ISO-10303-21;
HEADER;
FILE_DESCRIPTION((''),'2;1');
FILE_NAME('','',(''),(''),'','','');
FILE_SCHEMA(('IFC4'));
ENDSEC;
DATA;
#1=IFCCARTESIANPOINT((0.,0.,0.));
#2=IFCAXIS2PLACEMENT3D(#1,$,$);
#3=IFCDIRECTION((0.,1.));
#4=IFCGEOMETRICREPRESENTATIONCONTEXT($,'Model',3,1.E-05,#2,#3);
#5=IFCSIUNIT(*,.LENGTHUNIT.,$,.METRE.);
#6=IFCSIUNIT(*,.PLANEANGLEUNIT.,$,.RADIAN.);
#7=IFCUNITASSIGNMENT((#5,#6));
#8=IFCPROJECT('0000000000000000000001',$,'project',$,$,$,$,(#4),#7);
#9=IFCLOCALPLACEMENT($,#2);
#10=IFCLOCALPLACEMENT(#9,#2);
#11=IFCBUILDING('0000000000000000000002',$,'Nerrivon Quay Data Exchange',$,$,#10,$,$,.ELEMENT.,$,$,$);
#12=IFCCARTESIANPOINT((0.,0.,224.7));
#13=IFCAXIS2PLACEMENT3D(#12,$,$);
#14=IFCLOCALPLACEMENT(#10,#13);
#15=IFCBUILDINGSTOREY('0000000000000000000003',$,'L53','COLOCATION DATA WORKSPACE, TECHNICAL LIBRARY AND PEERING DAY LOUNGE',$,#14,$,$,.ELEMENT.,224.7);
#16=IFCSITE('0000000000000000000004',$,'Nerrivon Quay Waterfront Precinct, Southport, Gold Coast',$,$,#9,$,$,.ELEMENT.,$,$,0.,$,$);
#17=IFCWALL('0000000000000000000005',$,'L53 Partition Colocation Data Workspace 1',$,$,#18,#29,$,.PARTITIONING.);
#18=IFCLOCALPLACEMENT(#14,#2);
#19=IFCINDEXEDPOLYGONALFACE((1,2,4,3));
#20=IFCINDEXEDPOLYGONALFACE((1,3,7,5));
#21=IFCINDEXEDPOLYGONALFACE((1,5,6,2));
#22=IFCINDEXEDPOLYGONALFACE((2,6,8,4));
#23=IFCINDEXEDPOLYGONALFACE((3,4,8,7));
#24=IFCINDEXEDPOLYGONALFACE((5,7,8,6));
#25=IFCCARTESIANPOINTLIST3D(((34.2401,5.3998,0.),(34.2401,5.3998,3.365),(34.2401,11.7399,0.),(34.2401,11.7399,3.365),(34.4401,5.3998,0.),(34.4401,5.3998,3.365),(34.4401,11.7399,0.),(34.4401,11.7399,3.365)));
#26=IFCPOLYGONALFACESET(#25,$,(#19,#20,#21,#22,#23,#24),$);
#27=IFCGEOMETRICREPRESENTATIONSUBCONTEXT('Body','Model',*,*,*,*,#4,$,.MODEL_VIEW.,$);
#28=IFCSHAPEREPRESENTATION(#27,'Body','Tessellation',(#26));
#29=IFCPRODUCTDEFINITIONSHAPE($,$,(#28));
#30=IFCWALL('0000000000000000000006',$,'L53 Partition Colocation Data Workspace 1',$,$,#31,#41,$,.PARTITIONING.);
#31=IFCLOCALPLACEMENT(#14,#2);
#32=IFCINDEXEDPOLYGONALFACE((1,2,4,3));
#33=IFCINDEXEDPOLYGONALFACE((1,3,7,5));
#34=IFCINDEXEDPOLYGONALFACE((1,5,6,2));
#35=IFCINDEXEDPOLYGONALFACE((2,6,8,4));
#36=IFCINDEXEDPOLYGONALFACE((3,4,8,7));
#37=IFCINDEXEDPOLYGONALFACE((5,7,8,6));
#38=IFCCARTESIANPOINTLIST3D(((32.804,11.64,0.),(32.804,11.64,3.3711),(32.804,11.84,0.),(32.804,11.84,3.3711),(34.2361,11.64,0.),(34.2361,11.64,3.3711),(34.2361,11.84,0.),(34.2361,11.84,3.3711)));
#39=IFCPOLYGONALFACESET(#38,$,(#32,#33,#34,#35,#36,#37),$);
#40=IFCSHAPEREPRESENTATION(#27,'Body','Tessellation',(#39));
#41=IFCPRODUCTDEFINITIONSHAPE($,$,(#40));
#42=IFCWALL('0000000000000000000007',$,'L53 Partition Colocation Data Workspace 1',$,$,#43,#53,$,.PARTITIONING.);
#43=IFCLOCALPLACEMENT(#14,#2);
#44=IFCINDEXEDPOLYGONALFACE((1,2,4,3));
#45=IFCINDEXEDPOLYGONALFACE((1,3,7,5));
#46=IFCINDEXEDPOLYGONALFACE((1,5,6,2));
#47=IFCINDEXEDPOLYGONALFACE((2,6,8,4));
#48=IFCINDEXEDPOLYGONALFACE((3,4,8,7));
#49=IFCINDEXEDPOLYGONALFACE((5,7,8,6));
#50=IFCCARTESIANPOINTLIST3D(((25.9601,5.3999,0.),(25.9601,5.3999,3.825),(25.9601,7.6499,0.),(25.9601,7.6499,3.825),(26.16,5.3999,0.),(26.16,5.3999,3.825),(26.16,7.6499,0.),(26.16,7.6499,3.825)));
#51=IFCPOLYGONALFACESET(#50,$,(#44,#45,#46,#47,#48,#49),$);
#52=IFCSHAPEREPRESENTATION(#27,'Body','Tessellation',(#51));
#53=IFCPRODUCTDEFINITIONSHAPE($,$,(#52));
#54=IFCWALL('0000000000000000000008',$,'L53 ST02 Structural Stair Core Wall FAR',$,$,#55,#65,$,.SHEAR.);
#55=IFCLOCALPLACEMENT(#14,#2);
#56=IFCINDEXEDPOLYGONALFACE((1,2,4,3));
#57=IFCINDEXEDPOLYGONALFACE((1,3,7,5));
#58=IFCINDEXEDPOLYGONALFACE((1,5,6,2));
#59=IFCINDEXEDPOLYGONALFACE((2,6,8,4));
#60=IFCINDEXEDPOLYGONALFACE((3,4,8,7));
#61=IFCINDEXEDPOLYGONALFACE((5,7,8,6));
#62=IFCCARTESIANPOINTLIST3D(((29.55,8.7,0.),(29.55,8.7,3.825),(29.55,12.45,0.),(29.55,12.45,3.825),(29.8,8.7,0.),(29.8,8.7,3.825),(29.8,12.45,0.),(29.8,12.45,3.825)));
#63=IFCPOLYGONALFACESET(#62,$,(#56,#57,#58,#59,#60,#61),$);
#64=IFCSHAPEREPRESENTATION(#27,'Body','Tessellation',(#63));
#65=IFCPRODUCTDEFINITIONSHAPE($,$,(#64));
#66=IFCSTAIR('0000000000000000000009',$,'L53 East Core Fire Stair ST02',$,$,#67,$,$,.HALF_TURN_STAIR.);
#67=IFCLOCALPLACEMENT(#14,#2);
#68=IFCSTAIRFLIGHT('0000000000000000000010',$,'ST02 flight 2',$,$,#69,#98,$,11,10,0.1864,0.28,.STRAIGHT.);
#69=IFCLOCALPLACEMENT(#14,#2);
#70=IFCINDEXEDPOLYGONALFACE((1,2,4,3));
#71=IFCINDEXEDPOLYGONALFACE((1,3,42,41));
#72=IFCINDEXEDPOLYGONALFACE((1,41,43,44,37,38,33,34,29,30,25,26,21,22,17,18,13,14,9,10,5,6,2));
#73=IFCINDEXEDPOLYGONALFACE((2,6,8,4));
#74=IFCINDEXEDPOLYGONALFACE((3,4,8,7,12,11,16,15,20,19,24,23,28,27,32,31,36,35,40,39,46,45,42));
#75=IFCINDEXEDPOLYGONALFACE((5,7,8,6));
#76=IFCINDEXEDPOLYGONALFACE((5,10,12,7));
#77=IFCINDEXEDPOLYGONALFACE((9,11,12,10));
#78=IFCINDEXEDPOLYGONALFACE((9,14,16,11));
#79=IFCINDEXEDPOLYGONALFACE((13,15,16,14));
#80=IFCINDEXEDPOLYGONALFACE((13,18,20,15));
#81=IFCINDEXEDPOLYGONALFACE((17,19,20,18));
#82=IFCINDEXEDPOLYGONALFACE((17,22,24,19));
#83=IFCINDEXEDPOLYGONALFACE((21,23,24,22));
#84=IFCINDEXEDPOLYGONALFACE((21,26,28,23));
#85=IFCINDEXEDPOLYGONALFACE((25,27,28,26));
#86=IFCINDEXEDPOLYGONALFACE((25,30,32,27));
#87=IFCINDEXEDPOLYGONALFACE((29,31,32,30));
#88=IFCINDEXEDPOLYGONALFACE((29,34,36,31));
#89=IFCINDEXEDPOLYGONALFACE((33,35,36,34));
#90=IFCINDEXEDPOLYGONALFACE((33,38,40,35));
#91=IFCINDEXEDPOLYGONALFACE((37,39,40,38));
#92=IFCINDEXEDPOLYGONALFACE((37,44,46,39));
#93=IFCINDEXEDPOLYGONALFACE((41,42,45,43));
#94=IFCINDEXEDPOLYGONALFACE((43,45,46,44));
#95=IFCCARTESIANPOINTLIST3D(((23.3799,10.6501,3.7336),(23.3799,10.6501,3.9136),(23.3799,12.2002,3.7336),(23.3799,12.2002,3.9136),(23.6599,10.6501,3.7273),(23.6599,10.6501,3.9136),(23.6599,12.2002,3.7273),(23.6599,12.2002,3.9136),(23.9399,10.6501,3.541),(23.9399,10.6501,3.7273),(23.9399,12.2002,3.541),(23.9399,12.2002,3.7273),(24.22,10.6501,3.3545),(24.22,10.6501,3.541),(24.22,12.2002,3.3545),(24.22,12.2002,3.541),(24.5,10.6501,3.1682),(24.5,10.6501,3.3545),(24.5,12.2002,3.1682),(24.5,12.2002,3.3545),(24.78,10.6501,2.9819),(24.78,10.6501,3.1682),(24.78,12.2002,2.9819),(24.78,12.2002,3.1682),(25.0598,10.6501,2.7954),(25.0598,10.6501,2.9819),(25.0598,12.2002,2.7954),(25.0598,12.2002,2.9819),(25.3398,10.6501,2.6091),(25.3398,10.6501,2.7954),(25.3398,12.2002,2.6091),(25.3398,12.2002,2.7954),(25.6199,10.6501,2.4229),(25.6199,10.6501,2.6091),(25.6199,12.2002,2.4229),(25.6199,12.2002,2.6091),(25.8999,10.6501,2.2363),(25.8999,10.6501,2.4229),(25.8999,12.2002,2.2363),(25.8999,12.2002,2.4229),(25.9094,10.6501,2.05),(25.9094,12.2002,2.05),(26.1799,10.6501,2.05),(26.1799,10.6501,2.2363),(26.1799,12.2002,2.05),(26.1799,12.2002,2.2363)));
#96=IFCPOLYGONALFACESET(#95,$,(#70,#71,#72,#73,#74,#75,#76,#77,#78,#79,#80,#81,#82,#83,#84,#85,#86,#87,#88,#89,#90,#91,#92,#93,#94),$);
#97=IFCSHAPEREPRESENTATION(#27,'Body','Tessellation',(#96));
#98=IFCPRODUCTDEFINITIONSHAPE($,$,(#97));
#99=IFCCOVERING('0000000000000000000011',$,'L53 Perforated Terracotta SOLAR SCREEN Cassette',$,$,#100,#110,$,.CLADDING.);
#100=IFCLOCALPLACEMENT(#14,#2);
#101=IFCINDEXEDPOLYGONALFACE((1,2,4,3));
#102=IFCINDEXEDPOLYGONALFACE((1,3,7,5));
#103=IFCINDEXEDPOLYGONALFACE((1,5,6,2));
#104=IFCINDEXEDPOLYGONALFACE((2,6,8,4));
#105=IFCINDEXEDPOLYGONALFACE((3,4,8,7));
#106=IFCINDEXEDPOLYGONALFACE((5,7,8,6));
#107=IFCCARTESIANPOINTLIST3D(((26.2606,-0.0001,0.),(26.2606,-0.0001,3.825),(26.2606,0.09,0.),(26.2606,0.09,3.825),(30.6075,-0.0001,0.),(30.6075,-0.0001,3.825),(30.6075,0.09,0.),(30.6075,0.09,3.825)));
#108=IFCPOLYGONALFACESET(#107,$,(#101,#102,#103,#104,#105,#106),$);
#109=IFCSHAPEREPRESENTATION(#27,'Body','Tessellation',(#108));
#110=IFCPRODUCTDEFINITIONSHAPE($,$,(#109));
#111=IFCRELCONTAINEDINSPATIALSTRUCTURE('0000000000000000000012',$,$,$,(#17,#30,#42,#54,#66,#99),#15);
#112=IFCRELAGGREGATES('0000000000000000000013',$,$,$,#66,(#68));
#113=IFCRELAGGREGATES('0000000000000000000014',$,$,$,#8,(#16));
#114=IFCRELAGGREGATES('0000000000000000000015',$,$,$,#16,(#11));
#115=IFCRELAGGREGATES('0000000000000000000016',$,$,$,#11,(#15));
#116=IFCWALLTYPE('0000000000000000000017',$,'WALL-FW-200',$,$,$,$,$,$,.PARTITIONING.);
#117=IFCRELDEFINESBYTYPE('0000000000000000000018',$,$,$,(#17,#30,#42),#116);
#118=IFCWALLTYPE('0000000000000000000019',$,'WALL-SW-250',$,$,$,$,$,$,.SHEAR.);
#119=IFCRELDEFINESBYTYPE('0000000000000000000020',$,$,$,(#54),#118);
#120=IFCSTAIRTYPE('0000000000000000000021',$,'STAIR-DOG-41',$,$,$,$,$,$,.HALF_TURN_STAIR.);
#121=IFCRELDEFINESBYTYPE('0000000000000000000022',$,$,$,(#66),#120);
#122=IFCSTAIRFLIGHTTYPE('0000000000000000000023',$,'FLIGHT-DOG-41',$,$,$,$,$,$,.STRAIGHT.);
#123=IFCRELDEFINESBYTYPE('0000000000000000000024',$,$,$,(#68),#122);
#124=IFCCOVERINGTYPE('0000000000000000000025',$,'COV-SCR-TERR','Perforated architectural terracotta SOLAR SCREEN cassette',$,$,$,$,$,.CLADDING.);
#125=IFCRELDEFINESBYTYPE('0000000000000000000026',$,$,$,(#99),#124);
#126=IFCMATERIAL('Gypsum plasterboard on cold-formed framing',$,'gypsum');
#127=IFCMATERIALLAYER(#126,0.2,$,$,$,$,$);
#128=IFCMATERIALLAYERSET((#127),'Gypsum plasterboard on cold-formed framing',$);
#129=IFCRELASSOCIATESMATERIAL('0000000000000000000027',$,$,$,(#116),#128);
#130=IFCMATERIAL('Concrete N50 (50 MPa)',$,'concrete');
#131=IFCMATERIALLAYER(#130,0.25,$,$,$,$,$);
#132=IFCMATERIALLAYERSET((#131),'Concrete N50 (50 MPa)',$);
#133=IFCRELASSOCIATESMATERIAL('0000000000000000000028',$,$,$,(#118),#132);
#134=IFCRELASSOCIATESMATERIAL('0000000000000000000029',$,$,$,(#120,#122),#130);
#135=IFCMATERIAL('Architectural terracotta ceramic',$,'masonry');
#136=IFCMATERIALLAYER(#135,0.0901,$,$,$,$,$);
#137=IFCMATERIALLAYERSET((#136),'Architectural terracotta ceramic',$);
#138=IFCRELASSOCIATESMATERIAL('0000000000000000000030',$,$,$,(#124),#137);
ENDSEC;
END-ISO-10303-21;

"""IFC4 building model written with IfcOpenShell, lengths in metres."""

from ifc_helpers import new_model, si_unit, direction, frame, frame_2d, origin, origin_2d, place, context, subcontext, project, spatial, polyline, rectangle, outline, extrude, material, layer, layer_set, type_object, element, aggregate, save


model = new_model("IFC4")

# Units and contexts
model_context = context("Model", 3, precision=1e-05, world=origin(), true_north=direction((0.0, 1.0)))
body_context = subcontext(model_context, "Body", "Model", "MODEL_VIEW")
ifc_project = project(units=[si_unit("LENGTHUNIT", "METRE"), si_unit("PLANEANGLEUNIT", "RADIAN")], contexts=[model_context])

# Site, building, storey
site_placement = place(None, origin())
site = spatial("IfcSite", under=ifc_project, at=site_placement, Name="Nerrivon Quay Waterfront Precinct, Southport, Gold Coast", CompositionType="ELEMENT", RefElevation=0.0)
building_placement = place(site_placement, origin())
building = spatial("IfcBuilding", under=site, at=building_placement, Name="Nerrivon Quay Data Exchange", CompositionType="ELEMENT")
storey_placement = place(building_placement, frame((0.0, 0.0, 224.7)))
storey = spatial("IfcBuildingStorey", under=building, at=storey_placement, Name="L53", Description="COLOCATION DATA WORKSPACE, TECHNICAL LIBRARY AND PEERING DAY LOUNGE", CompositionType="ELEMENT", Elevation=224.7)

# Shared definitions
ifc_material_1 = material(Name="Concrete N50 (50 MPa)", Category="concrete")
ifc_material_2 = material(Name="Gypsum plasterboard on cold-formed framing", Category="gypsum")
ifc_layer_1 = layer(ifc_material_2, 0.2)
ifc_layer_set_1 = layer_set([ifc_layer_1], Name="Gypsum plasterboard on cold-formed framing")
wall_type_1 = type_object("IfcWallType", Name="WALL-FW-200", PredefinedType="PARTITIONING", material=ifc_layer_set_1)

# Walls
wall_1_placement = place(storey_placement, frame((34.3401, 5.3999, 0.0), z_axis=(0.0, 0.0, 1.0), x_axis=(0.0, 1.0, 0.0)))
element("IfcWall", 1, at=wall_1_placement, inside=storey, type_object=wall_type_1, Name="L53 Partition Colocation Data Workspace 1", PredefinedType="PARTITIONING", context=body_context, shape_type="SweptSolid", body=[
    extrude(rectangle(XDim=6.3401, YDim=0.2, at=frame_2d((3.1699, 0.0))), origin(), (0.0, 0.0, 1.0), 3.365),
])
wall_2_placement = place(storey_placement, frame((34.2361, 11.74, 0.0), z_axis=(0.0, 0.0, 1.0), x_axis=(-1.0, 0.0, 0.0)))
element("IfcWall", 2, at=wall_2_placement, inside=storey, type_object=wall_type_1, Name="L53 Partition Colocation Data Workspace 1", PredefinedType="PARTITIONING", context=body_context, shape_type="SweptSolid", body=[
    extrude(rectangle(XDim=1.4321, YDim=0.2, at=frame_2d((0.7161, 0.0))), origin(), (0.0, 0.0, 1.0), 3.3711),
])
wall_3_placement = place(storey_placement, frame((26.0601, 7.6499, 0.0), z_axis=(0.0, 0.0, 1.0), x_axis=(0.0, -1.0, 0.0)))
element("IfcWall", 3, at=wall_3_placement, inside=storey, type_object=wall_type_1, Name="L53 Partition Colocation Data Workspace 1", PredefinedType="PARTITIONING", context=body_context, shape_type="SweptSolid", body=[
    extrude(rectangle(XDim=2.25, YDim=0.2, at=frame_2d((1.125, 0.0))), origin(), (0.0, 0.0, 1.0), 3.825),
])
ifc_layer_2 = layer(ifc_material_1, 0.25)
ifc_layer_set_2 = layer_set([ifc_layer_2], Name="Concrete N50 (50 MPa)")
wall_type_2 = type_object("IfcWallType", Name="WALL-SW-250", PredefinedType="SHEAR", material=ifc_layer_set_2)
wall_4_placement = place(storey_placement, frame((29.675, 8.7, 0.0), z_axis=(0.0, 0.0, 1.0), x_axis=(0.0, 1.0, 0.0)))
element("IfcWall", 4, at=wall_4_placement, inside=storey, type_object=wall_type_2, Name="L53 ST02 Structural Stair Core Wall FAR", PredefinedType="SHEAR", context=body_context, shape_type="SweptSolid", body=[
    extrude(rectangle(XDim=3.75, YDim=0.25, at=frame_2d((1.875, 0.0))), origin(), (0.0, 0.0, 1.0), 3.825),
])

# Stair, stair flight
stair_type = type_object("IfcStairType", Name="STAIR-DOG-41", PredefinedType="HALF_TURN_STAIR", material=ifc_material_1)
stair_placement = place(storey_placement, origin())
stair = element("IfcStair", 5, at=stair_placement, inside=storey, type_object=stair_type, Name="L53 East Core Fire Stair ST02", PredefinedType="HALF_TURN_STAIR")
stair_flight_type = type_object("IfcStairFlightType", Name="FLIGHT-DOG-41", PredefinedType="STRAIGHT", material=ifc_material_1)
stair_flight_placement = place(storey_placement, frame((26.1799, 11.425, 2.05), z_axis=(0.0, 0.0, 1.0), x_axis=(-1.0, 0.0, 0.0)))
stair_flight = element("IfcStairFlight", 6, at=stair_flight_placement, type_object=stair_flight_type, Name="ST02 flight 2", NumberOfRisers=11, NumberOfTreads=10, PredefinedType="STRAIGHT", RiserHeight=0.1864, TreadLength=0.28, context=body_context, shape_type="SweptSolid", body=[
    extrude(outline(polyline([(0.0, 0.0), (0.0, 0.1863), (0.28, 0.1863), (0.28, 0.3728), (0.5601, 0.3728), (0.5601, 0.5591), (0.8401, 0.5591), (0.8401, 0.7454), (1.1201, 0.7454), (1.1201, 0.9319), (1.3999, 0.9319), (1.3999, 1.1182), (1.6799, 1.1182), (1.6799, 1.3044), (1.96, 1.3044), (1.96, 1.491), (2.24, 1.491), (2.24, 1.6772), (2.52, 1.6772), (2.52, 1.8635), (2.8, 1.8635), (2.8, 2.05), (2.8, 1.6836), (0.2705, 0.0), (0.0, 0.0)])), frame((0.0, 0.7749, 0.0), z_axis=(0.0, -1.0, 0.0), x_axis=(1.0, 0.0, 0.0)), (0.0, 0.0, 1.0), 1.55),
])
aggregate(stair, [stair_flight])

# Covering
ifc_material_3 = material(Name="Architectural terracotta ceramic", Category="masonry")
ifc_layer_3 = layer(ifc_material_3, 0.0901)
ifc_layer_set_3 = layer_set([ifc_layer_3], Name="Architectural terracotta ceramic")
covering_type = type_object("IfcCoveringType", Name="COV-SCR-TERR", Description="Perforated architectural terracotta SOLAR SCREEN cassette", PredefinedType="CLADDING", material=ifc_layer_set_3)
covering_placement = place(storey_placement, frame((28.4341, 0.0449, 0.0), z_axis=(0.0, 0.0, 1.0), x_axis=(-1.0, 0.0, 0.0)))
element("IfcCovering", 7, at=covering_placement, inside=storey, type_object=covering_type, Name="L53 Perforated Terracotta SOLAR SCREEN Cassette", PredefinedType="CLADDING", context=body_context, shape_type="SweptSolid", body=[
    extrude(rectangle(XDim=4.3469, YDim=0.0901, at=origin_2d()), origin(), (0.0, 0.0, 1.0), 3.825),
])

save(model, "model.ifc")
